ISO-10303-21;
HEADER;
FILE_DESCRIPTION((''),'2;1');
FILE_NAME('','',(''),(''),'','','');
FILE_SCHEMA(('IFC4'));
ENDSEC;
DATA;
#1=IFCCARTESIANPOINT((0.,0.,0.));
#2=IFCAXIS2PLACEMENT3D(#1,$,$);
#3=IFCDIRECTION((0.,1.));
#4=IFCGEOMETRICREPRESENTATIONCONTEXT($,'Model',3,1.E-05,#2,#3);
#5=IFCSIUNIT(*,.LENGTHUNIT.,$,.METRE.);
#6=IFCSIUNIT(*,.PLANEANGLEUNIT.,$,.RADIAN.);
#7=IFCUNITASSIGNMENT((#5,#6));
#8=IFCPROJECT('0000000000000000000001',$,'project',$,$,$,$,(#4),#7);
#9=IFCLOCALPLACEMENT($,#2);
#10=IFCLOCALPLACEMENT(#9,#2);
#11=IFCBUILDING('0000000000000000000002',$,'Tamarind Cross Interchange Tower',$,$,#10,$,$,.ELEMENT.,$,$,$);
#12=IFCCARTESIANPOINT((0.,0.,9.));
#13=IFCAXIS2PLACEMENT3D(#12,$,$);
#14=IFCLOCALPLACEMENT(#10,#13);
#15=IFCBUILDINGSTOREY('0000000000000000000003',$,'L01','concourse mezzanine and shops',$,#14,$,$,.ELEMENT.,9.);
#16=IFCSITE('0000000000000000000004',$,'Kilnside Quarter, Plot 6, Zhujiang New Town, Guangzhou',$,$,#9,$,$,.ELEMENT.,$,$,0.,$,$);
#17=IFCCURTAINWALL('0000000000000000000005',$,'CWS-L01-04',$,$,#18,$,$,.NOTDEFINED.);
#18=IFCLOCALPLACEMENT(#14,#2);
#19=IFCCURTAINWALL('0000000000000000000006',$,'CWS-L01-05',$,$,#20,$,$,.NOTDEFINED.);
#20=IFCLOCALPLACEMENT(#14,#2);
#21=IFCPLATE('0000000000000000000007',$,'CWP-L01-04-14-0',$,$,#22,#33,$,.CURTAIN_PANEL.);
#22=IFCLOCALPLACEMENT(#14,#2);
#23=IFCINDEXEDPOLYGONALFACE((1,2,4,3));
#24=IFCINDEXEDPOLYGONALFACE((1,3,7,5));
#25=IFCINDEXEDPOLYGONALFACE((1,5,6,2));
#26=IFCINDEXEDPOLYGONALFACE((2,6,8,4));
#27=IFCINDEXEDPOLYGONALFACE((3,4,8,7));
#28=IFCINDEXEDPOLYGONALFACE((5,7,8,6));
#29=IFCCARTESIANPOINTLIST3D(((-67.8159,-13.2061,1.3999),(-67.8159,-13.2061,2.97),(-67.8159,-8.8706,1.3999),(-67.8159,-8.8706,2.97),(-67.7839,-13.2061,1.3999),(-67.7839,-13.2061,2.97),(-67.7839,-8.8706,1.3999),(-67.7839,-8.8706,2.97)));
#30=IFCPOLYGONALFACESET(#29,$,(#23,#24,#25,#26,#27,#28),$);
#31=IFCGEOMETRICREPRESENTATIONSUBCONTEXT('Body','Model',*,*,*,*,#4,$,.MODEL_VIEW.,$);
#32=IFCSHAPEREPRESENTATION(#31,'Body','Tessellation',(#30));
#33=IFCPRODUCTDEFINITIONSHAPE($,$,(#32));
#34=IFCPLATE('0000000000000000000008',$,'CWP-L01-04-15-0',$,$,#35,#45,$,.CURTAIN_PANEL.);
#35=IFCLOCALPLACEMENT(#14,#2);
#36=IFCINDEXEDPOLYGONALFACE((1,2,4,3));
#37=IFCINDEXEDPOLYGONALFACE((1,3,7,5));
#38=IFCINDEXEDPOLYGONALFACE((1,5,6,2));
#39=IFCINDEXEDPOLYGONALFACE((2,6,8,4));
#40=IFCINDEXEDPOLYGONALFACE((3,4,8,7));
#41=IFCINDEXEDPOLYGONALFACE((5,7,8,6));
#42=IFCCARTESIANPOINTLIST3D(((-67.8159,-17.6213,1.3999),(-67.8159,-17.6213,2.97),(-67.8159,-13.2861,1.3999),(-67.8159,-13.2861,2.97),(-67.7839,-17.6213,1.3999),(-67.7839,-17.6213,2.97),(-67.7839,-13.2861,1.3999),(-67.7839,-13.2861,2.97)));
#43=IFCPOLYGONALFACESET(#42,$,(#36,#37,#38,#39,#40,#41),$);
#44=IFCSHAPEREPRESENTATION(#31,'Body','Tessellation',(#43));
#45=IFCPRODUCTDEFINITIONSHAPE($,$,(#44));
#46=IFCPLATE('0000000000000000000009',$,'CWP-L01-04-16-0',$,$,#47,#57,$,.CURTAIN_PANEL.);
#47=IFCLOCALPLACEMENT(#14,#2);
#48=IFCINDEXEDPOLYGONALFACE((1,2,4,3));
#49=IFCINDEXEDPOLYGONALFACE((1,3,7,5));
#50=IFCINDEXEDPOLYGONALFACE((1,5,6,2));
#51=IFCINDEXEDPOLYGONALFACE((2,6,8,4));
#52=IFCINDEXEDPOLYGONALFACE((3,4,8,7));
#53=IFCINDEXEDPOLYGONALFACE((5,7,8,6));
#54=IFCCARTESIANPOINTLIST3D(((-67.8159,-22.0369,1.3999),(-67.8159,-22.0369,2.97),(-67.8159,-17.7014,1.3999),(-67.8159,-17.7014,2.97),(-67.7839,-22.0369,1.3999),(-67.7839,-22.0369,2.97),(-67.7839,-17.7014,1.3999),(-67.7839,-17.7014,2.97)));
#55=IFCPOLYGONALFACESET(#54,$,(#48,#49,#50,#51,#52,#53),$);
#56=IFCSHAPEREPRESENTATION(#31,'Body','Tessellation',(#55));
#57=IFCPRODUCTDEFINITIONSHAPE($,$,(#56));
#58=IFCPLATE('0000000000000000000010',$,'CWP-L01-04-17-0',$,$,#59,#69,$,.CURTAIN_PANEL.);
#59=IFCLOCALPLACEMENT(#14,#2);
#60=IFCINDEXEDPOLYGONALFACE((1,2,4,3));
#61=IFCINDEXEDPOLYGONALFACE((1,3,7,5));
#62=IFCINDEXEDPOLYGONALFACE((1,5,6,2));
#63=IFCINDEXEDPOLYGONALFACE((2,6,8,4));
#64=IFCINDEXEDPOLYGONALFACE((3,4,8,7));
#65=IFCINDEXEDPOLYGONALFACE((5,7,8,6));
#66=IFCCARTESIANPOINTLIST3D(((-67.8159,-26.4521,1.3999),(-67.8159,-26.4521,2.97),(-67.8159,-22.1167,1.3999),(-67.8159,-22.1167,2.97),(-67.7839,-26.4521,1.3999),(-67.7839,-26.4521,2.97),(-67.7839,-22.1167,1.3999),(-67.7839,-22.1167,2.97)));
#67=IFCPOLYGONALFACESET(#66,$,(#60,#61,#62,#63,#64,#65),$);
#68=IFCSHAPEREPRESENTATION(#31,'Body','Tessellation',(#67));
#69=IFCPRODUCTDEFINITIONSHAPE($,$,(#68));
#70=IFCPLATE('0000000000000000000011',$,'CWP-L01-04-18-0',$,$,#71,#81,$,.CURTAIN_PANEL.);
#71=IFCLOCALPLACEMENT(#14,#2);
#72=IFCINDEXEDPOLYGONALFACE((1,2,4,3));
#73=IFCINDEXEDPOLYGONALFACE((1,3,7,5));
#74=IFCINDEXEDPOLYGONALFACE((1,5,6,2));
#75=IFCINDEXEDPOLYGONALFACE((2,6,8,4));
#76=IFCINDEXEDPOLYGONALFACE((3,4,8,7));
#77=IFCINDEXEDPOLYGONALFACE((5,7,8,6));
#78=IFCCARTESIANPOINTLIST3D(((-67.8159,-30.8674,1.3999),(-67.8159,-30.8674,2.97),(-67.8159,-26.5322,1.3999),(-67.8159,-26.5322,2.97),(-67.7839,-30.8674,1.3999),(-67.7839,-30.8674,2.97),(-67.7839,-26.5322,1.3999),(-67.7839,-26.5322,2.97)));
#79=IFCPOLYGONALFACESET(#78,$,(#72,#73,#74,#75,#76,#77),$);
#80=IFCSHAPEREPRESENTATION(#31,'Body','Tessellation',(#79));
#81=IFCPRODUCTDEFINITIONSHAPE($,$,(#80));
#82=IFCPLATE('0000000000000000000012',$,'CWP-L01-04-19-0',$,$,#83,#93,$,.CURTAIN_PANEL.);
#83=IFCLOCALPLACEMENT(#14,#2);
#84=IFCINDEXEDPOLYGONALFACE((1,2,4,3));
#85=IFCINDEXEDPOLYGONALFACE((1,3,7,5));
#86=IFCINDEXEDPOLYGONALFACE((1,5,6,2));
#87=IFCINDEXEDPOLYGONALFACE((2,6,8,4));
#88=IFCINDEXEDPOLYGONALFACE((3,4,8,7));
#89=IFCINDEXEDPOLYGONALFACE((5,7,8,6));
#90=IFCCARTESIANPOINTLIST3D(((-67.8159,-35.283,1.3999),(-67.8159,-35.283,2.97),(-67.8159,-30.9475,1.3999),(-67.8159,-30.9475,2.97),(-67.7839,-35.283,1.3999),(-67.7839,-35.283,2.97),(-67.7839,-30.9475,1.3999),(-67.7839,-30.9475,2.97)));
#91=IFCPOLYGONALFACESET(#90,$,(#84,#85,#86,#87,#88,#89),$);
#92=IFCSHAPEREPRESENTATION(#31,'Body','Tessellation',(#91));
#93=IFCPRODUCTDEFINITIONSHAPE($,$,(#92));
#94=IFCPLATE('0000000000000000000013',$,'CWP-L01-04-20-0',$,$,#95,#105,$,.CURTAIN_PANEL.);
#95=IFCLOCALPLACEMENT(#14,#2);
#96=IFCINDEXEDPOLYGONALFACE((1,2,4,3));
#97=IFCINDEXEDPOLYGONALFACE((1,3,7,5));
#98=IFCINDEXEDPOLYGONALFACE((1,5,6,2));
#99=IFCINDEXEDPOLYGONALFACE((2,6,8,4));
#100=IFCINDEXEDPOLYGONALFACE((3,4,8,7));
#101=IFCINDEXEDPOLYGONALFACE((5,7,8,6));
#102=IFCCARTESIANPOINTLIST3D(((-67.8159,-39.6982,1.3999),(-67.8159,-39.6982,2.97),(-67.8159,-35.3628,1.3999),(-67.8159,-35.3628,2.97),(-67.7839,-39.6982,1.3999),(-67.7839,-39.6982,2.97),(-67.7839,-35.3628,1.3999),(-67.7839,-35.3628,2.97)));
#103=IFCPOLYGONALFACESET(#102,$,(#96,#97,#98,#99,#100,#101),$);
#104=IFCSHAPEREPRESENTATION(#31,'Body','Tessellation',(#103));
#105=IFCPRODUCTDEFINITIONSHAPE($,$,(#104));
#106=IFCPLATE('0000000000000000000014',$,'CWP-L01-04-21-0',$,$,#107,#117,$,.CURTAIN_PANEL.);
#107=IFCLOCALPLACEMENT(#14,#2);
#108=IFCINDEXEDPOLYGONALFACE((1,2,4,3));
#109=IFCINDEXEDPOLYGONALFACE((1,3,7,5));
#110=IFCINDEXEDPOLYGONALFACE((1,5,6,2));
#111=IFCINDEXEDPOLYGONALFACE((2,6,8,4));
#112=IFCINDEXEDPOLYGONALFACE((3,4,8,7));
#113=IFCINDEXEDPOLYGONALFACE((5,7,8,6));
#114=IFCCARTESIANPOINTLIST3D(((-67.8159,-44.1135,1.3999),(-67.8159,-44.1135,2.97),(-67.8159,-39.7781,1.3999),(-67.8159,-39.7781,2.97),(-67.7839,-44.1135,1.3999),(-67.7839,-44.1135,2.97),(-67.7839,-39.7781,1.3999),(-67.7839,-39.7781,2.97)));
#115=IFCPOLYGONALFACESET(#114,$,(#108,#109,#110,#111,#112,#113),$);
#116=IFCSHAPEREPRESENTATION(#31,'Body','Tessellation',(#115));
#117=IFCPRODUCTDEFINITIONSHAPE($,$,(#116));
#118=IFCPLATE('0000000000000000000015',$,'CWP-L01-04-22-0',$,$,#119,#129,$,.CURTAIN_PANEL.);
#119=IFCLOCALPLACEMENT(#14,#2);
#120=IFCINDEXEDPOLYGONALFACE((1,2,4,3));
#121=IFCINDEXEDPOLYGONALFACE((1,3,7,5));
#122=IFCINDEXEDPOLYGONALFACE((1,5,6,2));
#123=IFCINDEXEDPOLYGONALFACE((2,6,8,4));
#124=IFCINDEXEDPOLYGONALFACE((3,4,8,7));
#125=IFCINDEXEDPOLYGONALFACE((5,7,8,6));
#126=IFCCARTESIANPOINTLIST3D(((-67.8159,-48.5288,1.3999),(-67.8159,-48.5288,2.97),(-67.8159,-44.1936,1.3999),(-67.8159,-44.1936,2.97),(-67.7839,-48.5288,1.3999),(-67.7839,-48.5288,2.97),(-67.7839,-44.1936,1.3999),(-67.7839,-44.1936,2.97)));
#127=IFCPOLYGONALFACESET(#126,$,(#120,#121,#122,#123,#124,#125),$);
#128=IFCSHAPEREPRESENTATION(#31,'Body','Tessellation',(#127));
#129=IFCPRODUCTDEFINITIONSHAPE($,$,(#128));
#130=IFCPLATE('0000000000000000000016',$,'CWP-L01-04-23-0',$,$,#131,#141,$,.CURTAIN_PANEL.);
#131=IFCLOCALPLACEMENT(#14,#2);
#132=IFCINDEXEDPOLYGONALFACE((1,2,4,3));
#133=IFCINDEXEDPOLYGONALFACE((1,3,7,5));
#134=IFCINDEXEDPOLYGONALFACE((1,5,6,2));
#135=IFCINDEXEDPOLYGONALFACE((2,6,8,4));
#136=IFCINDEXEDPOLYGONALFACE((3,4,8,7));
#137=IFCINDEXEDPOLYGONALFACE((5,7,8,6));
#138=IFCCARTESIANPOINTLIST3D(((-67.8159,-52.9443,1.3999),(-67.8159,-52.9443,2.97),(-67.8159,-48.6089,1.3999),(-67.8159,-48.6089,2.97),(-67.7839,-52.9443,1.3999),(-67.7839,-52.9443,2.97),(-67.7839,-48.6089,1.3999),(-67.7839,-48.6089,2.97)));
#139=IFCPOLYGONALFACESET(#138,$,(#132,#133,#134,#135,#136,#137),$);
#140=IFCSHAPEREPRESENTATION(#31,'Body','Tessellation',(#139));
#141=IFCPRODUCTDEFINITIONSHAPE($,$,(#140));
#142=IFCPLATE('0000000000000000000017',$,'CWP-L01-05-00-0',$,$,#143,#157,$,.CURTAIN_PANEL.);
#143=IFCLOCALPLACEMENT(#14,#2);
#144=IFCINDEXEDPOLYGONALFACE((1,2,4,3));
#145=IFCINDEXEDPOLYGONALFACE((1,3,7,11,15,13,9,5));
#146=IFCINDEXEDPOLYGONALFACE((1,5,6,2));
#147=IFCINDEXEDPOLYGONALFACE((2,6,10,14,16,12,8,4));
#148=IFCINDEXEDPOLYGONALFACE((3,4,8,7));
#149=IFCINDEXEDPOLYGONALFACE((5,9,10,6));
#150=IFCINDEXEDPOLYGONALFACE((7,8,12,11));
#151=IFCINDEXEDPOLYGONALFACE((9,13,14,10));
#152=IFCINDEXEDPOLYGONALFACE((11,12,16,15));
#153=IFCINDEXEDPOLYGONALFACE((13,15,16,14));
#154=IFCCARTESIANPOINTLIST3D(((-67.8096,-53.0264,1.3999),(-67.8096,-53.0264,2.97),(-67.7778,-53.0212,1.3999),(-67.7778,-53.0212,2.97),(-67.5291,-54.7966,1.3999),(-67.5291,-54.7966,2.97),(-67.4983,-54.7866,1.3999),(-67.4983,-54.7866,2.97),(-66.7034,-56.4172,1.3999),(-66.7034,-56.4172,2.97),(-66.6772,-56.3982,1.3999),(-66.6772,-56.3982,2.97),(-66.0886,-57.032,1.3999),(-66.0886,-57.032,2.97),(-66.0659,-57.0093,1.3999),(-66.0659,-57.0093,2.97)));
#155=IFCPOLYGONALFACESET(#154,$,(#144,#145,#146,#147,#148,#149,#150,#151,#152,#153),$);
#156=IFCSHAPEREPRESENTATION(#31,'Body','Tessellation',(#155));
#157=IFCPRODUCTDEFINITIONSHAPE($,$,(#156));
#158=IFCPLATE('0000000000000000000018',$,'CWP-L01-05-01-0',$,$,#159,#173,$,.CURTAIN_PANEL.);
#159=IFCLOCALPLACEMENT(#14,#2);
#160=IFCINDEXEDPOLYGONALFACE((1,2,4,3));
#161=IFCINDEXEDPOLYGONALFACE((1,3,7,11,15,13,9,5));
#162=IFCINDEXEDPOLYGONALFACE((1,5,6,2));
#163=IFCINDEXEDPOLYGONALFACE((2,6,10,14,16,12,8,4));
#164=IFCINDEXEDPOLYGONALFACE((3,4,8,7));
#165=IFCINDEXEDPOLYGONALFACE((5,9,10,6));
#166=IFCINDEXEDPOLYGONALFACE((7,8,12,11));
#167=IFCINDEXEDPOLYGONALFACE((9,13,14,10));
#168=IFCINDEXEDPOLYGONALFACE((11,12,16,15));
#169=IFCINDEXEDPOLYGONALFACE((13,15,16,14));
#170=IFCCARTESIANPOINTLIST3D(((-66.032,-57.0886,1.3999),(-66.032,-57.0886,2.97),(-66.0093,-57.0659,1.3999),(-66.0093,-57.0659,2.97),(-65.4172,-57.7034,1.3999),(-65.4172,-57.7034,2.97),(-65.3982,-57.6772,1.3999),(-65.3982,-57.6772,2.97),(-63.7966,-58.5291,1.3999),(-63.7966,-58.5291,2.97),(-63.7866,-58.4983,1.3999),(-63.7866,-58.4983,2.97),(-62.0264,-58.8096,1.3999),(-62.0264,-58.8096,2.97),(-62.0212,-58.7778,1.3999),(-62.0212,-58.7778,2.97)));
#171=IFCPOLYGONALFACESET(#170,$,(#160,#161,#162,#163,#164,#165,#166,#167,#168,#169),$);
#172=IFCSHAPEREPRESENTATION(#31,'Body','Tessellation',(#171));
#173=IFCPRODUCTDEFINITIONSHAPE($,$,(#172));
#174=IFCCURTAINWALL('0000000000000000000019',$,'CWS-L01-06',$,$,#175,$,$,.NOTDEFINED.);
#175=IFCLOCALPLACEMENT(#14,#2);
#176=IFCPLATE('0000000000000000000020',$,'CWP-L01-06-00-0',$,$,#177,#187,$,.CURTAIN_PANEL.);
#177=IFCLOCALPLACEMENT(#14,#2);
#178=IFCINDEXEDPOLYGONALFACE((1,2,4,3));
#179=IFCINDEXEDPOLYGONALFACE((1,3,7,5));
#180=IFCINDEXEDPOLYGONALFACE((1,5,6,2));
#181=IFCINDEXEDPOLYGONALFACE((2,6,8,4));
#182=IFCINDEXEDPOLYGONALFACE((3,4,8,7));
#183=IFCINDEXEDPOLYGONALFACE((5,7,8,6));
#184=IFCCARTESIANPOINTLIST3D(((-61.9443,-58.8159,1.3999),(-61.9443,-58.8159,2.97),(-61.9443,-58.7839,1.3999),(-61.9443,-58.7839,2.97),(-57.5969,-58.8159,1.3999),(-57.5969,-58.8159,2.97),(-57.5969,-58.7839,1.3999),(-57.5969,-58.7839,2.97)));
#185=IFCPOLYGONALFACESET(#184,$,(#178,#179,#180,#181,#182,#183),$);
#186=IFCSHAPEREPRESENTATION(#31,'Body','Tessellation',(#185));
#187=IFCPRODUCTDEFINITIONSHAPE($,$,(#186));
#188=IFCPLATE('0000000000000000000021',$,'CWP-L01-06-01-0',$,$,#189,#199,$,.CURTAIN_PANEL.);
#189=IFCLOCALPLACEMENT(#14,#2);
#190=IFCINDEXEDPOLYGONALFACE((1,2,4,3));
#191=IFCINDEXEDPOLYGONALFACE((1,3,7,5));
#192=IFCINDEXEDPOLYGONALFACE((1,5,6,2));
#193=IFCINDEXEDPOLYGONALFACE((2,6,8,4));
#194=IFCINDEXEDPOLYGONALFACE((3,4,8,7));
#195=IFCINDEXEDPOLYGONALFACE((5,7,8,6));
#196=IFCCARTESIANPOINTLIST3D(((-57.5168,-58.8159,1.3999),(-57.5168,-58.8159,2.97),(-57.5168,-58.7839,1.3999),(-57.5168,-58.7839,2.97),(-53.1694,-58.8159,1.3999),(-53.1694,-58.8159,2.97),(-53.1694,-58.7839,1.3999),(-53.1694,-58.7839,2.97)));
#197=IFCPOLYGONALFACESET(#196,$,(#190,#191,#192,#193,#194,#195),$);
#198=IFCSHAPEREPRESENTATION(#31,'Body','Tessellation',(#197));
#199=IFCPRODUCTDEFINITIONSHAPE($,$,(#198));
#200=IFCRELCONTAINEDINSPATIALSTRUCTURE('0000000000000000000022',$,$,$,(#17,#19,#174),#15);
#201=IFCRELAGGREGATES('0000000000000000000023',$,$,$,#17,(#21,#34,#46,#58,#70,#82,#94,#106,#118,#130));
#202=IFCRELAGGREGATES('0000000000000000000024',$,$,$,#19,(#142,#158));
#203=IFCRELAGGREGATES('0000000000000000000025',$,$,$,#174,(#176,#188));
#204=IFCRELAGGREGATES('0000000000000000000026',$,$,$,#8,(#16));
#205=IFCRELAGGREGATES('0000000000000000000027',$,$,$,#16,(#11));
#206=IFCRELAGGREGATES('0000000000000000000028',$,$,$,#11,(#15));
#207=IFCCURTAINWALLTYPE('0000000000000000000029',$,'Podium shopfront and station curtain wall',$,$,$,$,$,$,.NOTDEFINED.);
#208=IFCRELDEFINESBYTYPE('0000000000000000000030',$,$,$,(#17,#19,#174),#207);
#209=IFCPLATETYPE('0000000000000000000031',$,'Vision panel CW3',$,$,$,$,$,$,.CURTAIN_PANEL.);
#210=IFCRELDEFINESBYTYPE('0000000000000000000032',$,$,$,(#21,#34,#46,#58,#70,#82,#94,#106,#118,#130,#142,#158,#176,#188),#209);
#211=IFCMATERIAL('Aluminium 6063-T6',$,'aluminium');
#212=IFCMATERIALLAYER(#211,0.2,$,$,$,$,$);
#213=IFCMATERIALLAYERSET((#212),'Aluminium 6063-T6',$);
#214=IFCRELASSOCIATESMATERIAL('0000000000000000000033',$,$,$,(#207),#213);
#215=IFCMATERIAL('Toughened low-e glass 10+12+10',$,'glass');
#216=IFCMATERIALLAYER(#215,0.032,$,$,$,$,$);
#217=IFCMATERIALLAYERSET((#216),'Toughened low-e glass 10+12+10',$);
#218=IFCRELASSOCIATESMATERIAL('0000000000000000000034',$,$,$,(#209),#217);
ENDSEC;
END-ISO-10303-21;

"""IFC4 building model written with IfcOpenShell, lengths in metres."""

from ifc_helpers import new_model, si_unit, direction, frame, origin, place, context, subcontext, project, spatial, polyline, outline, extrude, material, layer, layer_set, type_object, element, aggregate, save


model = new_model("IFC4")

# Units and contexts
model_context = context("Model", 3, precision=1e-05, world=origin(), true_north=direction((0.0, 1.0)))
body_context = subcontext(model_context, "Body", "Model", "MODEL_VIEW")
ifc_project = project(units=[si_unit("LENGTHUNIT", "METRE"), si_unit("PLANEANGLEUNIT", "RADIAN")], contexts=[model_context])

# Site, building, storey
site_placement = place(None, origin())
site = spatial("IfcSite", under=ifc_project, at=site_placement, Name="Kilnside Quarter, Plot 6, Zhujiang New Town, Guangzhou", CompositionType="ELEMENT", RefElevation=0.0)
building_placement = place(site_placement, origin())
building = spatial("IfcBuilding", under=site, at=building_placement, Name="Tamarind Cross Interchange Tower", CompositionType="ELEMENT")
storey_placement = place(building_placement, frame((0.0, 0.0, 9.0)))
storey = spatial("IfcBuildingStorey", under=building, at=storey_placement, Name="L01", Description="concourse mezzanine and shops", CompositionType="ELEMENT", Elevation=9.0)

# Curtain walls
ifc_material_1 = material(Name="Aluminium 6063-T6", Category="aluminium")
ifc_layer_1 = layer(ifc_material_1, 0.2)
ifc_layer_set_1 = layer_set([ifc_layer_1], Name="Aluminium 6063-T6")
curtain_wall_type = type_object("IfcCurtainWallType", Name="Podium shopfront and station curtain wall", PredefinedType="NOTDEFINED", material=ifc_layer_set_1)
curtain_wall_1_placement = place(storey_placement, origin())
curtain_wall_1 = element("IfcCurtainWall", 1, at=curtain_wall_1_placement, inside=storey, type_object=curtain_wall_type, Name="CWS-L01-04", PredefinedType="NOTDEFINED")
curtain_wall_2_placement = place(storey_placement, origin())
curtain_wall_2 = element("IfcCurtainWall", 2, at=curtain_wall_2_placement, inside=storey, type_object=curtain_wall_type, Name="CWS-L01-05", PredefinedType="NOTDEFINED")

# Plates
ifc_material_2 = material(Name="Toughened low-e glass 10+12+10", Category="glass")
ifc_layer_2 = layer(ifc_material_2, 0.032)
ifc_layer_set_2 = layer_set([ifc_layer_2], Name="Toughened low-e glass 10+12+10")
plate_type = type_object("IfcPlateType", Name="Vision panel CW3", PredefinedType="CURTAIN_PANEL", material=ifc_layer_set_2)
plate_1_placement = place(storey_placement, frame((0.0, 0.0, 1.3999)))
plate_1 = element("IfcPlate", 3, at=plate_1_placement, type_object=plate_type, Name="CWP-L01-04-14-0", PredefinedType="CURTAIN_PANEL", context=body_context, shape_type="SweptSolid", body=[
    extrude(outline(polyline([(-67.7839, -8.8706), (-67.7839, -13.2061), (-67.8159, -13.2061), (-67.8159, -8.8706), (-67.7839, -8.8706)])), origin(), (0.0, 0.0, 1.0), 1.5701),
])
plate_2_placement = place(storey_placement, frame((0.0, 0.0, 1.3999)))
plate_2 = element("IfcPlate", 4, at=plate_2_placement, type_object=plate_type, Name="CWP-L01-04-15-0", PredefinedType="CURTAIN_PANEL", context=body_context, shape_type="SweptSolid", body=[
    extrude(outline(polyline([(-67.7839, -13.2861), (-67.7839, -17.6213), (-67.8159, -17.6213), (-67.8159, -13.2861), (-67.7839, -13.2861)])), origin(), (0.0, 0.0, 1.0), 1.5701),
])
plate_3_placement = place(storey_placement, frame((0.0, 0.0, 1.3999)))
plate_3 = element("IfcPlate", 5, at=plate_3_placement, type_object=plate_type, Name="CWP-L01-04-16-0", PredefinedType="CURTAIN_PANEL", context=body_context, shape_type="SweptSolid", body=[
    extrude(outline(polyline([(-67.7839, -17.7014), (-67.7839, -22.0369), (-67.8159, -22.0369), (-67.8159, -17.7014), (-67.7839, -17.7014)])), origin(), (0.0, 0.0, 1.0), 1.5701),
])
plate_4_placement = place(storey_placement, frame((0.0, 0.0, 1.3999)))
plate_4 = element("IfcPlate", 6, at=plate_4_placement, type_object=plate_type, Name="CWP-L01-04-17-0", PredefinedType="CURTAIN_PANEL", context=body_context, shape_type="SweptSolid", body=[
    extrude(outline(polyline([(-67.7839, -22.1167), (-67.7839, -26.4521), (-67.8159, -26.4521), (-67.8159, -22.1167), (-67.7839, -22.1167)])), origin(), (0.0, 0.0, 1.0), 1.5701),
])
plate_5_placement = place(storey_placement, frame((0.0, 0.0, 1.3999)))
plate_5 = element("IfcPlate", 7, at=plate_5_placement, type_object=plate_type, Name="CWP-L01-04-18-0", PredefinedType="CURTAIN_PANEL", context=body_context, shape_type="SweptSolid", body=[
    extrude(outline(polyline([(-67.7839, -26.5322), (-67.7839, -30.8674), (-67.8159, -30.8674), (-67.8159, -26.5322), (-67.7839, -26.5322)])), origin(), (0.0, 0.0, 1.0), 1.5701),
])
plate_6_placement = place(storey_placement, frame((0.0, 0.0, 1.3999)))
plate_6 = element("IfcPlate", 8, at=plate_6_placement, type_object=plate_type, Name="CWP-L01-04-19-0", PredefinedType="CURTAIN_PANEL", context=body_context, shape_type="SweptSolid", body=[
    extrude(outline(polyline([(-67.7839, -30.9475), (-67.7839, -35.283), (-67.8159, -35.283), (-67.8159, -30.9475), (-67.7839, -30.9475)])), origin(), (0.0, 0.0, 1.0), 1.5701),
])
plate_7_placement = place(storey_placement, frame((0.0, 0.0, 1.3999)))
plate_7 = element("IfcPlate", 9, at=plate_7_placement, type_object=plate_type, Name="CWP-L01-04-20-0", PredefinedType="CURTAIN_PANEL", context=body_context, shape_type="SweptSolid", body=[
    extrude(outline(polyline([(-67.7839, -35.3628), (-67.7839, -39.6982), (-67.8159, -39.6982), (-67.8159, -35.3628), (-67.7839, -35.3628)])), origin(), (0.0, 0.0, 1.0), 1.5701),
])
plate_8_placement = place(storey_placement, frame((0.0, 0.0, 1.3999)))
plate_8 = element("IfcPlate", 10, at=plate_8_placement, type_object=plate_type, Name="CWP-L01-04-21-0", PredefinedType="CURTAIN_PANEL", context=body_context, shape_type="SweptSolid", body=[
    extrude(outline(polyline([(-67.7839, -39.7781), (-67.7839, -44.1135), (-67.8159, -44.1135), (-67.8159, -39.7781), (-67.7839, -39.7781)])), origin(), (0.0, 0.0, 1.0), 1.5701),
])
plate_9_placement = place(storey_placement, frame((0.0, 0.0, 1.3999)))
plate_9 = element("IfcPlate", 11, at=plate_9_placement, type_object=plate_type, Name="CWP-L01-04-22-0", PredefinedType="CURTAIN_PANEL", context=body_context, shape_type="SweptSolid", body=[
    extrude(outline(polyline([(-67.7839, -44.1936), (-67.7839, -48.5288), (-67.8159, -48.5288), (-67.8159, -44.1936), (-67.7839, -44.1936)])), origin(), (0.0, 0.0, 1.0), 1.5701),
])
plate_10_placement = place(storey_placement, frame((0.0, 0.0, 1.3999)))
plate_10 = element("IfcPlate", 12, at=plate_10_placement, type_object=plate_type, Name="CWP-L01-04-23-0", PredefinedType="CURTAIN_PANEL", context=body_context, shape_type="SweptSolid", body=[
    extrude(outline(polyline([(-67.7839, -48.6089), (-67.7839, -52.9443), (-67.8159, -52.9443), (-67.8159, -48.6089), (-67.7839, -48.6089)])), origin(), (0.0, 0.0, 1.0), 1.5701),
])
aggregate(curtain_wall_1, [plate_1, plate_2, plate_3, plate_4, plate_5, plate_6, plate_7, plate_8, plate_9, plate_10])
plate_11_placement = place(storey_placement, frame((0.0, 0.0, 1.3999)))
plate_11 = element("IfcPlate", 13, at=plate_11_placement, type_object=plate_type, Name="CWP-L01-05-00-0", PredefinedType="CURTAIN_PANEL", context=body_context, shape_type="SweptSolid", body=[
    extrude(outline(polyline([(-67.7778, -53.0212), (-67.4983, -54.7866), (-66.6772, -56.3982), (-66.0659, -57.0093), (-66.0886, -57.032), (-66.7034, -56.4172), (-67.5291, -54.7966), (-67.8096, -53.0264), (-67.7778, -53.0212)])), origin(), (0.0, 0.0, 1.0), 1.5701),
])
plate_12_placement = place(storey_placement, frame((0.0, 0.0, 1.3999)))
plate_12 = element("IfcPlate", 14, at=plate_12_placement, type_object=plate_type, Name="CWP-L01-05-01-0", PredefinedType="CURTAIN_PANEL", context=body_context, shape_type="SweptSolid", body=[
    extrude(outline(polyline([(-66.0093, -57.0659), (-65.3982, -57.6772), (-63.7866, -58.4983), (-62.0212, -58.7778), (-62.0264, -58.8096), (-63.7966, -58.5291), (-65.4172, -57.7034), (-66.032, -57.0886), (-66.0093, -57.0659)])), origin(), (0.0, 0.0, 1.0), 1.5701),
])
aggregate(curtain_wall_2, [plate_11, plate_12])

# Curtain wall, plates
curtain_wall_3_placement = place(storey_placement, origin())
curtain_wall_3 = element("IfcCurtainWall", 15, at=curtain_wall_3_placement, inside=storey, type_object=curtain_wall_type, Name="CWS-L01-06", PredefinedType="NOTDEFINED")
plate_13_placement = place(storey_placement, frame((0.0, 0.0, 1.3999)))
plate_13 = element("IfcPlate", 16, at=plate_13_placement, type_object=plate_type, Name="CWP-L01-06-00-0", PredefinedType="CURTAIN_PANEL", context=body_context, shape_type="SweptSolid", body=[
    extrude(outline(polyline([(-61.9443, -58.7839), (-57.5969, -58.7839), (-57.5969, -58.8159), (-61.9443, -58.8159), (-61.9443, -58.7839)])), origin(), (0.0, 0.0, 1.0), 1.5701),
])
plate_14_placement = place(storey_placement, frame((0.0, 0.0, 1.3999)))
plate_14 = element("IfcPlate", 17, at=plate_14_placement, type_object=plate_type, Name="CWP-L01-06-01-0", PredefinedType="CURTAIN_PANEL", context=body_context, shape_type="SweptSolid", body=[
    extrude(outline(polyline([(-57.5168, -58.7839), (-53.1694, -58.7839), (-53.1694, -58.8159), (-57.5168, -58.8159), (-57.5168, -58.7839)])), origin(), (0.0, 0.0, 1.0), 1.5701),
])
aggregate(curtain_wall_3, [plate_13, plate_14])

save(model, "model.ifc")
